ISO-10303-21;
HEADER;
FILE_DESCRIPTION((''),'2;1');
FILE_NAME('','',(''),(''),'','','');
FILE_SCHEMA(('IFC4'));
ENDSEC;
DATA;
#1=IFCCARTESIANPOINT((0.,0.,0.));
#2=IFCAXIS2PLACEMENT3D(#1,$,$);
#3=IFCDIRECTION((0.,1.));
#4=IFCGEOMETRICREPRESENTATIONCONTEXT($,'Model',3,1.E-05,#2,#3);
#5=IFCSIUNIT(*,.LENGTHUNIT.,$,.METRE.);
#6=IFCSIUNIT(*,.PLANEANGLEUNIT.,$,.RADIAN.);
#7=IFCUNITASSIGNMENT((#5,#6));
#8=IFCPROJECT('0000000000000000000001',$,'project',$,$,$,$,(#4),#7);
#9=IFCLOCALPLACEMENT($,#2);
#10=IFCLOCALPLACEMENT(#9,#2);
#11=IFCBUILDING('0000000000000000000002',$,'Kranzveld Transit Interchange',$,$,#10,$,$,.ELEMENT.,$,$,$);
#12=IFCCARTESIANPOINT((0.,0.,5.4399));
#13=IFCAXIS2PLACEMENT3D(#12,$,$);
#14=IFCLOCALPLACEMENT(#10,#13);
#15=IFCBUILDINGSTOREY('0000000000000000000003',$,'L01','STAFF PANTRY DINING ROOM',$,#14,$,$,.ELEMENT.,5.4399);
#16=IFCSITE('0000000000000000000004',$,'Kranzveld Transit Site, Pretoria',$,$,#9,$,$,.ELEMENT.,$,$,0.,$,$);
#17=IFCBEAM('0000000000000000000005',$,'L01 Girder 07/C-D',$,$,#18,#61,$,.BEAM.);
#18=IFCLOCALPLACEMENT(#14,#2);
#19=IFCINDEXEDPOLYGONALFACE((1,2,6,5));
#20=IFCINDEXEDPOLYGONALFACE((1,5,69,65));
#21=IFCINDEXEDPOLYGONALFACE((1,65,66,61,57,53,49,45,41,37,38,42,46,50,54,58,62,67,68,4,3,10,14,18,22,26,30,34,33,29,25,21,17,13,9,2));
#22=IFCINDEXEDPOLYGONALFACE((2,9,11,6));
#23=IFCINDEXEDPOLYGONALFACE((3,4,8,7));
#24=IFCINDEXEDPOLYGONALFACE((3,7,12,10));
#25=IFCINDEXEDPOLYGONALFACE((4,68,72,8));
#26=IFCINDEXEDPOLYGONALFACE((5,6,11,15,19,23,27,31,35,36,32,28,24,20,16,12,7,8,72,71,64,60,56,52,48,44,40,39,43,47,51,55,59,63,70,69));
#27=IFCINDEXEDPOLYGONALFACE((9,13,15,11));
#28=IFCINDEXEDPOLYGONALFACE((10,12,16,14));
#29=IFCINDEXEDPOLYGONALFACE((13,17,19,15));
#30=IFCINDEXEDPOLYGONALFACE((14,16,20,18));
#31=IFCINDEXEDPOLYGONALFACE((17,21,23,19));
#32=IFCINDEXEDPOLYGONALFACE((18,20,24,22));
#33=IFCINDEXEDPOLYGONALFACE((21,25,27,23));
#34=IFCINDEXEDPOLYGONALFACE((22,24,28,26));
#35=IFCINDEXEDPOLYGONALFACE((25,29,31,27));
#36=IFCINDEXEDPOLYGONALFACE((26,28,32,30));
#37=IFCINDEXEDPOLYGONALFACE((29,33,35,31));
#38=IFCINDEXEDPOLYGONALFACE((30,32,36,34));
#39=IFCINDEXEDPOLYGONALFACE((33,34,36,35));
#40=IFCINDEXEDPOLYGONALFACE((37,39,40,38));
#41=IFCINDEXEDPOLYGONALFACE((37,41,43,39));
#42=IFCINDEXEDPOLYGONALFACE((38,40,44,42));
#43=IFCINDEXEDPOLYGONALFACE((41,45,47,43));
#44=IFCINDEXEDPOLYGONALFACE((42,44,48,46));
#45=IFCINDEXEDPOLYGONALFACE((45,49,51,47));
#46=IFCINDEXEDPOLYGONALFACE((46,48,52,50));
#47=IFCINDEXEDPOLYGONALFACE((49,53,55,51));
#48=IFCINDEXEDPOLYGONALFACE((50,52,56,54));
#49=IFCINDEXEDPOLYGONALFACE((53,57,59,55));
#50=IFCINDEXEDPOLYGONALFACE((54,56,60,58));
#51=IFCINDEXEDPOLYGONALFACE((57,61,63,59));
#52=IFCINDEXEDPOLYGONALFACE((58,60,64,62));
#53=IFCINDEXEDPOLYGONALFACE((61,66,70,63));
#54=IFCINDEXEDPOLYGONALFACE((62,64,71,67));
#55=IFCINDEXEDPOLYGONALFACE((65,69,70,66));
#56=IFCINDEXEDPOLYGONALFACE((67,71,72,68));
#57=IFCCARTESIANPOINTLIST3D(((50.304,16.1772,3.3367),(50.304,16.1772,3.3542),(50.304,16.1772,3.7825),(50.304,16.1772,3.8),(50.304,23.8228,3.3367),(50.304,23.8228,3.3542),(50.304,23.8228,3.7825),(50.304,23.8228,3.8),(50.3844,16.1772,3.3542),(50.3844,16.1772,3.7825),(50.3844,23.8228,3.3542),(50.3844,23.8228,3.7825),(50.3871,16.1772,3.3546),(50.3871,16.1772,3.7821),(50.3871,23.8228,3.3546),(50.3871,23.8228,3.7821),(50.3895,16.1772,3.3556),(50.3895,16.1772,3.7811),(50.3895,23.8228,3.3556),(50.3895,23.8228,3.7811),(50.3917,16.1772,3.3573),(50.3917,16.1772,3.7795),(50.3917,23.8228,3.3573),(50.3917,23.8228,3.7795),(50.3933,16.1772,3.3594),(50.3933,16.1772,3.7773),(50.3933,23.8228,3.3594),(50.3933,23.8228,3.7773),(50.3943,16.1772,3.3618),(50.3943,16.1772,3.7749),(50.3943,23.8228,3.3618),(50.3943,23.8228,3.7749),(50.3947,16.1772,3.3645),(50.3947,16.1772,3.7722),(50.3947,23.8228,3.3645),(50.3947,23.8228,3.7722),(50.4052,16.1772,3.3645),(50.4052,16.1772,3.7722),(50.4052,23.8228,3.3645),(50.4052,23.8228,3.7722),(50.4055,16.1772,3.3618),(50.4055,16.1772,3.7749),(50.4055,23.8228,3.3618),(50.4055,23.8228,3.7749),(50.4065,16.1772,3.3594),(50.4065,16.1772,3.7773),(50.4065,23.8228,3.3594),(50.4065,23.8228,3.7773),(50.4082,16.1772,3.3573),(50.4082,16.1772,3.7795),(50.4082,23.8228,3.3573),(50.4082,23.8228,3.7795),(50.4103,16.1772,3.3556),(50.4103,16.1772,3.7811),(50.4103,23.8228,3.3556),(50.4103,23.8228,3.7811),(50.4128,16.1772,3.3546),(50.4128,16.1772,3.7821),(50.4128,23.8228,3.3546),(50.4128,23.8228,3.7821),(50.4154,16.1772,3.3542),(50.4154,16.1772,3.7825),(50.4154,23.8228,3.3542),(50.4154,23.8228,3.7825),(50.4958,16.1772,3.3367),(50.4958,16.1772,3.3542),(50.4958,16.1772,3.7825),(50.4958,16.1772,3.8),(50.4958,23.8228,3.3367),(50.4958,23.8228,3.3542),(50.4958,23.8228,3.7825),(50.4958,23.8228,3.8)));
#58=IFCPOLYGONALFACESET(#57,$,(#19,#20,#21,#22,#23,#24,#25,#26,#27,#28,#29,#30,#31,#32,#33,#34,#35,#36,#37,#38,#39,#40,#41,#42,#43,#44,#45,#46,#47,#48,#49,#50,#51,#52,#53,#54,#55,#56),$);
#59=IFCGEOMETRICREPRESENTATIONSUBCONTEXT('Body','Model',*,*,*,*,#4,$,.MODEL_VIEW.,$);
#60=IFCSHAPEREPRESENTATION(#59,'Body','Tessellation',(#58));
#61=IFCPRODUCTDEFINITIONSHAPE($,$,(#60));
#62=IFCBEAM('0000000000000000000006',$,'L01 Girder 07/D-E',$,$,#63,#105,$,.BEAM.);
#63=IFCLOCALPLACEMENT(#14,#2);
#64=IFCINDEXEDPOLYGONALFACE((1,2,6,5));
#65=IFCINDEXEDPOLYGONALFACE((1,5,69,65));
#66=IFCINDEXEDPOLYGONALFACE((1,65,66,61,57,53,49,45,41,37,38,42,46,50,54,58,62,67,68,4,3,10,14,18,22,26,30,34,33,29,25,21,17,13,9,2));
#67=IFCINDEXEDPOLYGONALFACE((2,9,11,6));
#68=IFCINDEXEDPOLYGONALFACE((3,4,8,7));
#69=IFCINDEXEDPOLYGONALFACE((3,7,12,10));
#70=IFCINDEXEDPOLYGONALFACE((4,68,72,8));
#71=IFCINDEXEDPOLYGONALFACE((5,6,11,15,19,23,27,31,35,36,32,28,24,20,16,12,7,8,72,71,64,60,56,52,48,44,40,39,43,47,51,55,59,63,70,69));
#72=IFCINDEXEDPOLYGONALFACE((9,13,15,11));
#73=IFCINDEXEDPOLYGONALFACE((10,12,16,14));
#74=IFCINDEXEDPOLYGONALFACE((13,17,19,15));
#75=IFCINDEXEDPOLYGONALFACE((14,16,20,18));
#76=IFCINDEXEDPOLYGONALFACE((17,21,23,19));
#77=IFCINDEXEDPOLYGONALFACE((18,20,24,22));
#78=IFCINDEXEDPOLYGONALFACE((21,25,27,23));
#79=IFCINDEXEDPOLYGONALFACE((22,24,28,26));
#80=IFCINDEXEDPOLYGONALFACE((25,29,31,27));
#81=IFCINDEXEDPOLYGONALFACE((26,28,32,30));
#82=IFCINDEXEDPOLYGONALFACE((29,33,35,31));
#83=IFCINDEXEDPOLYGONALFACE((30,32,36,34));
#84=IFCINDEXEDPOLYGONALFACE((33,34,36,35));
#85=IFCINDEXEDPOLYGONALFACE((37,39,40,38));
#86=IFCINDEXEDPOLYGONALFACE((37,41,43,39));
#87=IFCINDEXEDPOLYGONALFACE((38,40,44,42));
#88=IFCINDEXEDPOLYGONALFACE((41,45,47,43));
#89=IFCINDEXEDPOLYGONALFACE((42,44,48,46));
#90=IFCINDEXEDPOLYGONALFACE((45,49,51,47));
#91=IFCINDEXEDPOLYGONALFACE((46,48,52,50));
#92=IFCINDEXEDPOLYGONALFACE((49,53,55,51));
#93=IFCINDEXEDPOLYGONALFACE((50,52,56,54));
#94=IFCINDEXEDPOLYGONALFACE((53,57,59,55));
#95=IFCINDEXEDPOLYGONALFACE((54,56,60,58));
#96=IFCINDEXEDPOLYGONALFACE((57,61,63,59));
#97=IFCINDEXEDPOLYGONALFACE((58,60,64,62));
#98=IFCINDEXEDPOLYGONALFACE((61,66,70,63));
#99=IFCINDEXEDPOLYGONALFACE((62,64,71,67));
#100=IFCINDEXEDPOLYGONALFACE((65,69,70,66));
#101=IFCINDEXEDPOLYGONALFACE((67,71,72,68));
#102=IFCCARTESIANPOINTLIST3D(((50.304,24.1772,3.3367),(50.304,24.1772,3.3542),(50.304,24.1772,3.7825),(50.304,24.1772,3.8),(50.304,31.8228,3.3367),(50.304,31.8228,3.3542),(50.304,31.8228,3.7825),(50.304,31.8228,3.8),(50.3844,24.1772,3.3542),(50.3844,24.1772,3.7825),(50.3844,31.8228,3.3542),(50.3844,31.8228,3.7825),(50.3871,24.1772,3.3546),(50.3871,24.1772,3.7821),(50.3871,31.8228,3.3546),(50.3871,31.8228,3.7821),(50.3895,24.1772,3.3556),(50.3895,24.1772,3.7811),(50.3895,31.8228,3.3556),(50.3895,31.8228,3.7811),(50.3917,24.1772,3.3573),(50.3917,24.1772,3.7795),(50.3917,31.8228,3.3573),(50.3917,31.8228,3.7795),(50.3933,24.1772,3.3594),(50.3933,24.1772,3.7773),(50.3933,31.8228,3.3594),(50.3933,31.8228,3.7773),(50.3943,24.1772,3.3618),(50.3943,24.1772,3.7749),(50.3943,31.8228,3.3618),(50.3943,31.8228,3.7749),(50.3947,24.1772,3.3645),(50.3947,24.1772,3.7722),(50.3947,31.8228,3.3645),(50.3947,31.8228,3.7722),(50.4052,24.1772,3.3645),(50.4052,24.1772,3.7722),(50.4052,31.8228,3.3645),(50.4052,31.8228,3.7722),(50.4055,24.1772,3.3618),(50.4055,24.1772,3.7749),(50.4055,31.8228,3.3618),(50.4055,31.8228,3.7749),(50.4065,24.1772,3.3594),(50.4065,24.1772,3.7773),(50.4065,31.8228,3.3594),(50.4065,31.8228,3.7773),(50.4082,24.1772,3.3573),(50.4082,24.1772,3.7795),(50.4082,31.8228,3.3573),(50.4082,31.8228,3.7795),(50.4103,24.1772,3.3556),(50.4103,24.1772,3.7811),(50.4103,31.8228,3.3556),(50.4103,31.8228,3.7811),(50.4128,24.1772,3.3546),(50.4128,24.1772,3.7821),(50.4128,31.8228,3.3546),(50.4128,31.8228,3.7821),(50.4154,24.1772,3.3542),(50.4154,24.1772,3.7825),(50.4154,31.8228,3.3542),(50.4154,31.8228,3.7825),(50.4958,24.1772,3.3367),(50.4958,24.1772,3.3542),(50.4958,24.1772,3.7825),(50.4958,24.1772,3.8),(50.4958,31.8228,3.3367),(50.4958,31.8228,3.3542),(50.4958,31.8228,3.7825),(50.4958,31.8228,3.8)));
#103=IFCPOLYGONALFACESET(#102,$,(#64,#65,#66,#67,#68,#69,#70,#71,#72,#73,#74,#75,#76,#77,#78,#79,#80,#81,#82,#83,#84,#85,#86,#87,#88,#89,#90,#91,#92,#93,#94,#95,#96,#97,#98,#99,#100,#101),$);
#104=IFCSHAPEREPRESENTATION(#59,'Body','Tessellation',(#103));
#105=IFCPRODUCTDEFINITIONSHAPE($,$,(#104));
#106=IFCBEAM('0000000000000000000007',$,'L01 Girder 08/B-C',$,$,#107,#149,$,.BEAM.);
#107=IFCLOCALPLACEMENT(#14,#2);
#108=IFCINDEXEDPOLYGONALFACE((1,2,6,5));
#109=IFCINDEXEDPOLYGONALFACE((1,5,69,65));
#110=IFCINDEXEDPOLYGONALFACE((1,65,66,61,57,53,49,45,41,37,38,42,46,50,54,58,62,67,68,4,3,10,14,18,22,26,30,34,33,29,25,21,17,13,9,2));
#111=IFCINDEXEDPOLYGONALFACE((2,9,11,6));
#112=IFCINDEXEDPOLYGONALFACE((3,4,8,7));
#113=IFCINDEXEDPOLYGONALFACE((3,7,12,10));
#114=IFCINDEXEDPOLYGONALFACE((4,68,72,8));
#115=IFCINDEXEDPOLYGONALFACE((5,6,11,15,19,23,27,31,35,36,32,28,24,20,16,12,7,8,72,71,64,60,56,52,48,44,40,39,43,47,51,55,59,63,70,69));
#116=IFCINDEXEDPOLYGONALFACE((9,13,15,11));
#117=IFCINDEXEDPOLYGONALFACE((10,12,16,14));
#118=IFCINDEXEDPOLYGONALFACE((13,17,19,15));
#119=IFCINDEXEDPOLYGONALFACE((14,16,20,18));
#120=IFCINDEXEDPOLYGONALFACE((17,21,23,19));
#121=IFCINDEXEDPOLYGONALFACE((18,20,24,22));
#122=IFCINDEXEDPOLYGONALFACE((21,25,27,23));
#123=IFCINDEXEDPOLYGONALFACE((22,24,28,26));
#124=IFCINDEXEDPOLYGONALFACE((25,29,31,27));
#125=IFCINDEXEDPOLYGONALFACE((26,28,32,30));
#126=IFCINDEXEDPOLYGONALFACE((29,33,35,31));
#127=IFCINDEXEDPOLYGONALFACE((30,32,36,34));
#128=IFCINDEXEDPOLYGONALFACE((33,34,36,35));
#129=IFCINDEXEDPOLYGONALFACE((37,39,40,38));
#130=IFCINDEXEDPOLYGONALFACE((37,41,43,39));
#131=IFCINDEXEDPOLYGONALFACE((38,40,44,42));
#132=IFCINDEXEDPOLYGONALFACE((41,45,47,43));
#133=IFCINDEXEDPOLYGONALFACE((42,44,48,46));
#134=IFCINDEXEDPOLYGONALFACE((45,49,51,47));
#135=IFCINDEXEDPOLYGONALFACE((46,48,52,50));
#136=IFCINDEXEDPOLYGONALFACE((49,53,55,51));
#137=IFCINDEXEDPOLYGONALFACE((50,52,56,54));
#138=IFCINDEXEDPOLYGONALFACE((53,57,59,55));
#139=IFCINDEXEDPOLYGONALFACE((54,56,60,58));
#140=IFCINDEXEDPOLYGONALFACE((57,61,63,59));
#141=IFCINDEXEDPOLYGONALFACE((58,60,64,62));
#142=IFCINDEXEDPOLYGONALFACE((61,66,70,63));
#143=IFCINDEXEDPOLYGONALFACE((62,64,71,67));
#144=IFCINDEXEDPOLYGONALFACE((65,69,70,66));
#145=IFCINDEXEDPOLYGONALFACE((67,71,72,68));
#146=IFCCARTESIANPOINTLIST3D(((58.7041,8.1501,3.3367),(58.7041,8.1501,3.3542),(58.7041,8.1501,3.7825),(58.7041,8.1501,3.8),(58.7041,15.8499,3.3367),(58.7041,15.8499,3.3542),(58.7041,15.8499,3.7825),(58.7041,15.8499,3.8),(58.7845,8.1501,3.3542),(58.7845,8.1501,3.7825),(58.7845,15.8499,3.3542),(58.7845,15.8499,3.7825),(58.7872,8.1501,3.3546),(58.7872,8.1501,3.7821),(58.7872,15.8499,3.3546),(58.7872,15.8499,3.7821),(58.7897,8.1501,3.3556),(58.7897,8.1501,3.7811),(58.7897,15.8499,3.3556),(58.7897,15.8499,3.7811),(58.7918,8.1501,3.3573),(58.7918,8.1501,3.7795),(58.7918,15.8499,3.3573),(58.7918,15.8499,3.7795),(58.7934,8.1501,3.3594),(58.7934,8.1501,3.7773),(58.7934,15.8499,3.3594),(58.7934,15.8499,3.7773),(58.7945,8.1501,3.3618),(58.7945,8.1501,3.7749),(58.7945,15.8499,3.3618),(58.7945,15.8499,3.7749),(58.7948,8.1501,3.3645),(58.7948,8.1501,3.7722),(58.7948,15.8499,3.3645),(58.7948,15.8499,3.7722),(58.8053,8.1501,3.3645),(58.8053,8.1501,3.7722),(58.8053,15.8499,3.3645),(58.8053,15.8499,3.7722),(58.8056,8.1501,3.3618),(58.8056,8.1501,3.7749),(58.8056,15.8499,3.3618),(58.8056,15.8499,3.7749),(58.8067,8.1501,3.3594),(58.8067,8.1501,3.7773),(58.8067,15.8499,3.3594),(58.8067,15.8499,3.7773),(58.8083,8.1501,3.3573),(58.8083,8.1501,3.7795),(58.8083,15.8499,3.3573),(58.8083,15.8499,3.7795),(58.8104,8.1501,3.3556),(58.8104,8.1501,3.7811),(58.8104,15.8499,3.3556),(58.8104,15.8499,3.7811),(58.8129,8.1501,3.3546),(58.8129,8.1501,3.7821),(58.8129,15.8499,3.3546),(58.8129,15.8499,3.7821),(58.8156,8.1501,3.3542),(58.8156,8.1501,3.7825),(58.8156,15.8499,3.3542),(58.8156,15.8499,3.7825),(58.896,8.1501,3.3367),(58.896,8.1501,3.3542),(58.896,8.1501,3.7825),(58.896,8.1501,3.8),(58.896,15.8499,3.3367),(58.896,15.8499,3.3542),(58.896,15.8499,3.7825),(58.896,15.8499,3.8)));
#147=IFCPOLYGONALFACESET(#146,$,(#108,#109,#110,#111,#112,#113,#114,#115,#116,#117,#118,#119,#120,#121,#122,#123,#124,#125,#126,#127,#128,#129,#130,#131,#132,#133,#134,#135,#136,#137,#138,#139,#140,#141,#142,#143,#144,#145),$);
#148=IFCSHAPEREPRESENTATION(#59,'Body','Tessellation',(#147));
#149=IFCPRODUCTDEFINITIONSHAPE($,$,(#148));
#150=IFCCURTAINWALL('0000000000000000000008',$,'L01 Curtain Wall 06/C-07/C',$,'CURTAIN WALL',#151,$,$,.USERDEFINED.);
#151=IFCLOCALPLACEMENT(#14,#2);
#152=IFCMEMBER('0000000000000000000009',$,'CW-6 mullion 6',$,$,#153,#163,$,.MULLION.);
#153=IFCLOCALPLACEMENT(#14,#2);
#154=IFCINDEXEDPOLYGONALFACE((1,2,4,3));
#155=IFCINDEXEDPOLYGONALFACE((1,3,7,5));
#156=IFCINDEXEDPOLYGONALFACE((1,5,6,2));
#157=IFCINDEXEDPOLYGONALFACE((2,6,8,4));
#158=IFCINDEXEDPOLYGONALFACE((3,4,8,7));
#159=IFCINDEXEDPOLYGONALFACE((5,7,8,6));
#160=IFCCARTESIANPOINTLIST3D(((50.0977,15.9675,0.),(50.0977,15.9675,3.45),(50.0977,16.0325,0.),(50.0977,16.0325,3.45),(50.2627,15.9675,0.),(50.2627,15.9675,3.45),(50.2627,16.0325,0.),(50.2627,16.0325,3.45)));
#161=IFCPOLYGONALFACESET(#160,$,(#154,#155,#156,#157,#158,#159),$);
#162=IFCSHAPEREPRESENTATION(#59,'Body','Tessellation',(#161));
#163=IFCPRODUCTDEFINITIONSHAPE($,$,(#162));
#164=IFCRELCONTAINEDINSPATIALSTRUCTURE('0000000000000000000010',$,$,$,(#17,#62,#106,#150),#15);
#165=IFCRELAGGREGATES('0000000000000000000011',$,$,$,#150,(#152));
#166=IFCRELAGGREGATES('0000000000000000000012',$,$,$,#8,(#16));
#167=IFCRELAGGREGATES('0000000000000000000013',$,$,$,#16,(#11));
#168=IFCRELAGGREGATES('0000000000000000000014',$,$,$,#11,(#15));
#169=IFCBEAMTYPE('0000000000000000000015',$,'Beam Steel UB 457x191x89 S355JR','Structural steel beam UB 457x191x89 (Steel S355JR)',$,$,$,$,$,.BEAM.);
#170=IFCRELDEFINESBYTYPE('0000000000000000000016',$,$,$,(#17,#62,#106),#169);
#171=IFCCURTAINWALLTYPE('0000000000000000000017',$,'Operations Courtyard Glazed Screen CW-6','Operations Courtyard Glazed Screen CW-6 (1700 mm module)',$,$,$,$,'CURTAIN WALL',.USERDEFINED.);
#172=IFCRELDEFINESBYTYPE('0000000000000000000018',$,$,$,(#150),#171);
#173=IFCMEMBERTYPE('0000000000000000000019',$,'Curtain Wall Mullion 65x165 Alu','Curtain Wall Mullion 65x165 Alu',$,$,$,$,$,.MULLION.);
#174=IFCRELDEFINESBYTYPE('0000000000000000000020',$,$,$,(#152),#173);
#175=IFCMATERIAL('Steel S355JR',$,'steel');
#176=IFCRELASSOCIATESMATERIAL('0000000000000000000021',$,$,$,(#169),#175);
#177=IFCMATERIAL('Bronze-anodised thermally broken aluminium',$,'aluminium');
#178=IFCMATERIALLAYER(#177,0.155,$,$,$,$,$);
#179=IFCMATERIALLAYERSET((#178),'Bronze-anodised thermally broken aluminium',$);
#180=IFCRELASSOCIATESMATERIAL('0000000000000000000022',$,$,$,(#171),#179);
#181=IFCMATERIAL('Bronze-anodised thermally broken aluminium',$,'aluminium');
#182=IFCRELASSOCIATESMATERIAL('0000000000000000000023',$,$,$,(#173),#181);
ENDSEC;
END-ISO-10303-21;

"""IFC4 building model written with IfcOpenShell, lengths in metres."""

from ifc_helpers import new_model, si_unit, direction, frame, origin, origin_2d, place, context, subcontext, project, spatial, rectangle, i_section, extrude, material, layer, layer_set, material_profile, profile_set, type_object, element, aggregate, save


model = new_model("IFC4")

# Units and contexts
model_context = context("Model", 3, precision=1e-05, world=origin(), true_north=direction((0.0, 1.0)))
body_context = subcontext(model_context, "Body", "Model", "MODEL_VIEW")
ifc_project = project(units=[si_unit("LENGTHUNIT", "METRE"), si_unit("PLANEANGLEUNIT", "RADIAN")], contexts=[model_context])

# Site, building, storey
site_placement = place(None, origin())
site = spatial("IfcSite", under=ifc_project, at=site_placement, Name="Kranzveld Transit Site, Pretoria", CompositionType="ELEMENT", RefElevation=0.0)
building_placement = place(site_placement, origin())
building = spatial("IfcBuilding", under=site, at=building_placement, Name="Kranzveld Transit Interchange", CompositionType="ELEMENT")
storey_placement = place(building_placement, frame((0.0, 0.0, 5.4399)))
storey = spatial("IfcBuildingStorey", under=building, at=storey_placement, Name="L01", Description="STAFF PANTRY DINING ROOM", CompositionType="ELEMENT", Elevation=5.4399)

# Beams
ifc_material_1 = material(Name="Steel S355JR", Category="steel")
ifc_material_profile_1 = material_profile(ifc_material_1, i_section(OverallWidth=0.1919, OverallDepth=0.4634, WebThickness=0.0105, FlangeThickness=0.0176, FilletRadius=0.0103, at=origin_2d()), Name="UB 457x191x89")
ifc_profile_set_1 = profile_set([ifc_material_profile_1], Name="Steel S355JR")
beam_type_1 = type_object("IfcBeamType", Name="Beam Steel UB 457x191x89 S355JR", Description="Structural steel beam UB 457x191x89 (Steel S355JR)", PredefinedType="BEAM", material=ifc_profile_set_1)
for number, where, z_axis, x_axis, name in (
    (1, (50.3999, 16.1772, 3.5684), (0.0, 1.0, 0.0), (-1.0, 0.0, 0.0), "L01 Girder 07/C-D"),
    (2, (50.3999, 24.1772, 3.5684), (0.0, 1.0, 0.0), (-1.0, 0.0, 0.0), "L01 Girder 07/D-E"),
):
    element("IfcBeam", number, at=place(storey_placement, frame(where, z_axis=z_axis, x_axis=x_axis)), inside=storey, type_object=beam_type_1, Name=name, PredefinedType="BEAM", context=body_context, shape_type="SweptSolid", body=[
        extrude(i_section(OverallWidth=0.1919, OverallDepth=0.4634, WebThickness=0.0105, FlangeThickness=0.0176, FilletRadius=0.0103, at=origin_2d()), origin(), (0.0, 0.0, 1.0), 7.6455),
    ])
beam_1_placement = place(storey_placement, frame((58.8, 8.1501, 3.5684), z_axis=(0.0, 1.0, 0.0), x_axis=(-1.0, 0.0, 0.0)))
element("IfcBeam", 3, at=beam_1_placement, inside=storey, type_object=beam_type_1, Name="L01 Girder 08/B-C", PredefinedType="BEAM", context=body_context, shape_type="SweptSolid", body=[
    extrude(i_section(OverallWidth=0.1919, OverallDepth=0.4634, WebThickness=0.0105, FlangeThickness=0.0176, FilletRadius=0.0103, at=origin_2d()), origin(), (0.0, 0.0, 1.0), 7.6997),
])

# Curtain wall, member
ifc_material_2 = material(Name="Bronze-anodised thermally broken aluminium", Category="aluminium")
ifc_layer_1 = layer(ifc_material_2, 0.155)
ifc_layer_set_1 = layer_set([ifc_layer_1], Name="Bronze-anodised thermally broken aluminium")
curtain_wall_type = type_object("IfcCurtainWallType", Name="Operations Courtyard Glazed Screen CW-6", Description="Operations Courtyard Glazed Screen CW-6 (1700 mm module)", ElementType="CURTAIN WALL", PredefinedType="USERDEFINED", material=ifc_layer_set_1)
curtain_wall_placement = place(storey_placement, origin())
curtain_wall = element("IfcCurtainWall", 4, at=curtain_wall_placement, inside=storey, type_object=curtain_wall_type, Name="L01 Curtain Wall 06/C-07/C", ObjectType="CURTAIN WALL", PredefinedType="USERDEFINED")
ifc_material_3 = material(Name="Bronze-anodised thermally broken aluminium", Category="aluminium")
ifc_material_profile_2 = material_profile(ifc_material_3, rectangle(XDim=0.0649, YDim=0.165, at=origin_2d()), Name="ALU MULLION 65x165")
ifc_profile_set_2 = profile_set([ifc_material_profile_2], Name="Bronze-anodised thermally broken aluminium")
member_type = type_object("IfcMemberType", Name="Curtain Wall Mullion 65x165 Alu", Description="Curtain Wall Mullion 65x165 Alu", PredefinedType="MULLION", material=ifc_profile_set_2)
member_placement = place(storey_placement, frame((50.1802, 16.0, 0.0), z_axis=(0.0, 0.0, 1.0), x_axis=(0.0, 1.0, 0.0)))
member = element("IfcMember", 5, at=member_placement, type_object=member_type, Name="CW-6 mullion 6", PredefinedType="MULLION", context=body_context, shape_type="SweptSolid", body=[
    extrude(rectangle(XDim=0.0649, YDim=0.165, at=origin_2d()), origin(), (0.0, 0.0, 1.0), 3.45),
])

aggregate(curtain_wall, [member])

save(model, "model.ifc")
